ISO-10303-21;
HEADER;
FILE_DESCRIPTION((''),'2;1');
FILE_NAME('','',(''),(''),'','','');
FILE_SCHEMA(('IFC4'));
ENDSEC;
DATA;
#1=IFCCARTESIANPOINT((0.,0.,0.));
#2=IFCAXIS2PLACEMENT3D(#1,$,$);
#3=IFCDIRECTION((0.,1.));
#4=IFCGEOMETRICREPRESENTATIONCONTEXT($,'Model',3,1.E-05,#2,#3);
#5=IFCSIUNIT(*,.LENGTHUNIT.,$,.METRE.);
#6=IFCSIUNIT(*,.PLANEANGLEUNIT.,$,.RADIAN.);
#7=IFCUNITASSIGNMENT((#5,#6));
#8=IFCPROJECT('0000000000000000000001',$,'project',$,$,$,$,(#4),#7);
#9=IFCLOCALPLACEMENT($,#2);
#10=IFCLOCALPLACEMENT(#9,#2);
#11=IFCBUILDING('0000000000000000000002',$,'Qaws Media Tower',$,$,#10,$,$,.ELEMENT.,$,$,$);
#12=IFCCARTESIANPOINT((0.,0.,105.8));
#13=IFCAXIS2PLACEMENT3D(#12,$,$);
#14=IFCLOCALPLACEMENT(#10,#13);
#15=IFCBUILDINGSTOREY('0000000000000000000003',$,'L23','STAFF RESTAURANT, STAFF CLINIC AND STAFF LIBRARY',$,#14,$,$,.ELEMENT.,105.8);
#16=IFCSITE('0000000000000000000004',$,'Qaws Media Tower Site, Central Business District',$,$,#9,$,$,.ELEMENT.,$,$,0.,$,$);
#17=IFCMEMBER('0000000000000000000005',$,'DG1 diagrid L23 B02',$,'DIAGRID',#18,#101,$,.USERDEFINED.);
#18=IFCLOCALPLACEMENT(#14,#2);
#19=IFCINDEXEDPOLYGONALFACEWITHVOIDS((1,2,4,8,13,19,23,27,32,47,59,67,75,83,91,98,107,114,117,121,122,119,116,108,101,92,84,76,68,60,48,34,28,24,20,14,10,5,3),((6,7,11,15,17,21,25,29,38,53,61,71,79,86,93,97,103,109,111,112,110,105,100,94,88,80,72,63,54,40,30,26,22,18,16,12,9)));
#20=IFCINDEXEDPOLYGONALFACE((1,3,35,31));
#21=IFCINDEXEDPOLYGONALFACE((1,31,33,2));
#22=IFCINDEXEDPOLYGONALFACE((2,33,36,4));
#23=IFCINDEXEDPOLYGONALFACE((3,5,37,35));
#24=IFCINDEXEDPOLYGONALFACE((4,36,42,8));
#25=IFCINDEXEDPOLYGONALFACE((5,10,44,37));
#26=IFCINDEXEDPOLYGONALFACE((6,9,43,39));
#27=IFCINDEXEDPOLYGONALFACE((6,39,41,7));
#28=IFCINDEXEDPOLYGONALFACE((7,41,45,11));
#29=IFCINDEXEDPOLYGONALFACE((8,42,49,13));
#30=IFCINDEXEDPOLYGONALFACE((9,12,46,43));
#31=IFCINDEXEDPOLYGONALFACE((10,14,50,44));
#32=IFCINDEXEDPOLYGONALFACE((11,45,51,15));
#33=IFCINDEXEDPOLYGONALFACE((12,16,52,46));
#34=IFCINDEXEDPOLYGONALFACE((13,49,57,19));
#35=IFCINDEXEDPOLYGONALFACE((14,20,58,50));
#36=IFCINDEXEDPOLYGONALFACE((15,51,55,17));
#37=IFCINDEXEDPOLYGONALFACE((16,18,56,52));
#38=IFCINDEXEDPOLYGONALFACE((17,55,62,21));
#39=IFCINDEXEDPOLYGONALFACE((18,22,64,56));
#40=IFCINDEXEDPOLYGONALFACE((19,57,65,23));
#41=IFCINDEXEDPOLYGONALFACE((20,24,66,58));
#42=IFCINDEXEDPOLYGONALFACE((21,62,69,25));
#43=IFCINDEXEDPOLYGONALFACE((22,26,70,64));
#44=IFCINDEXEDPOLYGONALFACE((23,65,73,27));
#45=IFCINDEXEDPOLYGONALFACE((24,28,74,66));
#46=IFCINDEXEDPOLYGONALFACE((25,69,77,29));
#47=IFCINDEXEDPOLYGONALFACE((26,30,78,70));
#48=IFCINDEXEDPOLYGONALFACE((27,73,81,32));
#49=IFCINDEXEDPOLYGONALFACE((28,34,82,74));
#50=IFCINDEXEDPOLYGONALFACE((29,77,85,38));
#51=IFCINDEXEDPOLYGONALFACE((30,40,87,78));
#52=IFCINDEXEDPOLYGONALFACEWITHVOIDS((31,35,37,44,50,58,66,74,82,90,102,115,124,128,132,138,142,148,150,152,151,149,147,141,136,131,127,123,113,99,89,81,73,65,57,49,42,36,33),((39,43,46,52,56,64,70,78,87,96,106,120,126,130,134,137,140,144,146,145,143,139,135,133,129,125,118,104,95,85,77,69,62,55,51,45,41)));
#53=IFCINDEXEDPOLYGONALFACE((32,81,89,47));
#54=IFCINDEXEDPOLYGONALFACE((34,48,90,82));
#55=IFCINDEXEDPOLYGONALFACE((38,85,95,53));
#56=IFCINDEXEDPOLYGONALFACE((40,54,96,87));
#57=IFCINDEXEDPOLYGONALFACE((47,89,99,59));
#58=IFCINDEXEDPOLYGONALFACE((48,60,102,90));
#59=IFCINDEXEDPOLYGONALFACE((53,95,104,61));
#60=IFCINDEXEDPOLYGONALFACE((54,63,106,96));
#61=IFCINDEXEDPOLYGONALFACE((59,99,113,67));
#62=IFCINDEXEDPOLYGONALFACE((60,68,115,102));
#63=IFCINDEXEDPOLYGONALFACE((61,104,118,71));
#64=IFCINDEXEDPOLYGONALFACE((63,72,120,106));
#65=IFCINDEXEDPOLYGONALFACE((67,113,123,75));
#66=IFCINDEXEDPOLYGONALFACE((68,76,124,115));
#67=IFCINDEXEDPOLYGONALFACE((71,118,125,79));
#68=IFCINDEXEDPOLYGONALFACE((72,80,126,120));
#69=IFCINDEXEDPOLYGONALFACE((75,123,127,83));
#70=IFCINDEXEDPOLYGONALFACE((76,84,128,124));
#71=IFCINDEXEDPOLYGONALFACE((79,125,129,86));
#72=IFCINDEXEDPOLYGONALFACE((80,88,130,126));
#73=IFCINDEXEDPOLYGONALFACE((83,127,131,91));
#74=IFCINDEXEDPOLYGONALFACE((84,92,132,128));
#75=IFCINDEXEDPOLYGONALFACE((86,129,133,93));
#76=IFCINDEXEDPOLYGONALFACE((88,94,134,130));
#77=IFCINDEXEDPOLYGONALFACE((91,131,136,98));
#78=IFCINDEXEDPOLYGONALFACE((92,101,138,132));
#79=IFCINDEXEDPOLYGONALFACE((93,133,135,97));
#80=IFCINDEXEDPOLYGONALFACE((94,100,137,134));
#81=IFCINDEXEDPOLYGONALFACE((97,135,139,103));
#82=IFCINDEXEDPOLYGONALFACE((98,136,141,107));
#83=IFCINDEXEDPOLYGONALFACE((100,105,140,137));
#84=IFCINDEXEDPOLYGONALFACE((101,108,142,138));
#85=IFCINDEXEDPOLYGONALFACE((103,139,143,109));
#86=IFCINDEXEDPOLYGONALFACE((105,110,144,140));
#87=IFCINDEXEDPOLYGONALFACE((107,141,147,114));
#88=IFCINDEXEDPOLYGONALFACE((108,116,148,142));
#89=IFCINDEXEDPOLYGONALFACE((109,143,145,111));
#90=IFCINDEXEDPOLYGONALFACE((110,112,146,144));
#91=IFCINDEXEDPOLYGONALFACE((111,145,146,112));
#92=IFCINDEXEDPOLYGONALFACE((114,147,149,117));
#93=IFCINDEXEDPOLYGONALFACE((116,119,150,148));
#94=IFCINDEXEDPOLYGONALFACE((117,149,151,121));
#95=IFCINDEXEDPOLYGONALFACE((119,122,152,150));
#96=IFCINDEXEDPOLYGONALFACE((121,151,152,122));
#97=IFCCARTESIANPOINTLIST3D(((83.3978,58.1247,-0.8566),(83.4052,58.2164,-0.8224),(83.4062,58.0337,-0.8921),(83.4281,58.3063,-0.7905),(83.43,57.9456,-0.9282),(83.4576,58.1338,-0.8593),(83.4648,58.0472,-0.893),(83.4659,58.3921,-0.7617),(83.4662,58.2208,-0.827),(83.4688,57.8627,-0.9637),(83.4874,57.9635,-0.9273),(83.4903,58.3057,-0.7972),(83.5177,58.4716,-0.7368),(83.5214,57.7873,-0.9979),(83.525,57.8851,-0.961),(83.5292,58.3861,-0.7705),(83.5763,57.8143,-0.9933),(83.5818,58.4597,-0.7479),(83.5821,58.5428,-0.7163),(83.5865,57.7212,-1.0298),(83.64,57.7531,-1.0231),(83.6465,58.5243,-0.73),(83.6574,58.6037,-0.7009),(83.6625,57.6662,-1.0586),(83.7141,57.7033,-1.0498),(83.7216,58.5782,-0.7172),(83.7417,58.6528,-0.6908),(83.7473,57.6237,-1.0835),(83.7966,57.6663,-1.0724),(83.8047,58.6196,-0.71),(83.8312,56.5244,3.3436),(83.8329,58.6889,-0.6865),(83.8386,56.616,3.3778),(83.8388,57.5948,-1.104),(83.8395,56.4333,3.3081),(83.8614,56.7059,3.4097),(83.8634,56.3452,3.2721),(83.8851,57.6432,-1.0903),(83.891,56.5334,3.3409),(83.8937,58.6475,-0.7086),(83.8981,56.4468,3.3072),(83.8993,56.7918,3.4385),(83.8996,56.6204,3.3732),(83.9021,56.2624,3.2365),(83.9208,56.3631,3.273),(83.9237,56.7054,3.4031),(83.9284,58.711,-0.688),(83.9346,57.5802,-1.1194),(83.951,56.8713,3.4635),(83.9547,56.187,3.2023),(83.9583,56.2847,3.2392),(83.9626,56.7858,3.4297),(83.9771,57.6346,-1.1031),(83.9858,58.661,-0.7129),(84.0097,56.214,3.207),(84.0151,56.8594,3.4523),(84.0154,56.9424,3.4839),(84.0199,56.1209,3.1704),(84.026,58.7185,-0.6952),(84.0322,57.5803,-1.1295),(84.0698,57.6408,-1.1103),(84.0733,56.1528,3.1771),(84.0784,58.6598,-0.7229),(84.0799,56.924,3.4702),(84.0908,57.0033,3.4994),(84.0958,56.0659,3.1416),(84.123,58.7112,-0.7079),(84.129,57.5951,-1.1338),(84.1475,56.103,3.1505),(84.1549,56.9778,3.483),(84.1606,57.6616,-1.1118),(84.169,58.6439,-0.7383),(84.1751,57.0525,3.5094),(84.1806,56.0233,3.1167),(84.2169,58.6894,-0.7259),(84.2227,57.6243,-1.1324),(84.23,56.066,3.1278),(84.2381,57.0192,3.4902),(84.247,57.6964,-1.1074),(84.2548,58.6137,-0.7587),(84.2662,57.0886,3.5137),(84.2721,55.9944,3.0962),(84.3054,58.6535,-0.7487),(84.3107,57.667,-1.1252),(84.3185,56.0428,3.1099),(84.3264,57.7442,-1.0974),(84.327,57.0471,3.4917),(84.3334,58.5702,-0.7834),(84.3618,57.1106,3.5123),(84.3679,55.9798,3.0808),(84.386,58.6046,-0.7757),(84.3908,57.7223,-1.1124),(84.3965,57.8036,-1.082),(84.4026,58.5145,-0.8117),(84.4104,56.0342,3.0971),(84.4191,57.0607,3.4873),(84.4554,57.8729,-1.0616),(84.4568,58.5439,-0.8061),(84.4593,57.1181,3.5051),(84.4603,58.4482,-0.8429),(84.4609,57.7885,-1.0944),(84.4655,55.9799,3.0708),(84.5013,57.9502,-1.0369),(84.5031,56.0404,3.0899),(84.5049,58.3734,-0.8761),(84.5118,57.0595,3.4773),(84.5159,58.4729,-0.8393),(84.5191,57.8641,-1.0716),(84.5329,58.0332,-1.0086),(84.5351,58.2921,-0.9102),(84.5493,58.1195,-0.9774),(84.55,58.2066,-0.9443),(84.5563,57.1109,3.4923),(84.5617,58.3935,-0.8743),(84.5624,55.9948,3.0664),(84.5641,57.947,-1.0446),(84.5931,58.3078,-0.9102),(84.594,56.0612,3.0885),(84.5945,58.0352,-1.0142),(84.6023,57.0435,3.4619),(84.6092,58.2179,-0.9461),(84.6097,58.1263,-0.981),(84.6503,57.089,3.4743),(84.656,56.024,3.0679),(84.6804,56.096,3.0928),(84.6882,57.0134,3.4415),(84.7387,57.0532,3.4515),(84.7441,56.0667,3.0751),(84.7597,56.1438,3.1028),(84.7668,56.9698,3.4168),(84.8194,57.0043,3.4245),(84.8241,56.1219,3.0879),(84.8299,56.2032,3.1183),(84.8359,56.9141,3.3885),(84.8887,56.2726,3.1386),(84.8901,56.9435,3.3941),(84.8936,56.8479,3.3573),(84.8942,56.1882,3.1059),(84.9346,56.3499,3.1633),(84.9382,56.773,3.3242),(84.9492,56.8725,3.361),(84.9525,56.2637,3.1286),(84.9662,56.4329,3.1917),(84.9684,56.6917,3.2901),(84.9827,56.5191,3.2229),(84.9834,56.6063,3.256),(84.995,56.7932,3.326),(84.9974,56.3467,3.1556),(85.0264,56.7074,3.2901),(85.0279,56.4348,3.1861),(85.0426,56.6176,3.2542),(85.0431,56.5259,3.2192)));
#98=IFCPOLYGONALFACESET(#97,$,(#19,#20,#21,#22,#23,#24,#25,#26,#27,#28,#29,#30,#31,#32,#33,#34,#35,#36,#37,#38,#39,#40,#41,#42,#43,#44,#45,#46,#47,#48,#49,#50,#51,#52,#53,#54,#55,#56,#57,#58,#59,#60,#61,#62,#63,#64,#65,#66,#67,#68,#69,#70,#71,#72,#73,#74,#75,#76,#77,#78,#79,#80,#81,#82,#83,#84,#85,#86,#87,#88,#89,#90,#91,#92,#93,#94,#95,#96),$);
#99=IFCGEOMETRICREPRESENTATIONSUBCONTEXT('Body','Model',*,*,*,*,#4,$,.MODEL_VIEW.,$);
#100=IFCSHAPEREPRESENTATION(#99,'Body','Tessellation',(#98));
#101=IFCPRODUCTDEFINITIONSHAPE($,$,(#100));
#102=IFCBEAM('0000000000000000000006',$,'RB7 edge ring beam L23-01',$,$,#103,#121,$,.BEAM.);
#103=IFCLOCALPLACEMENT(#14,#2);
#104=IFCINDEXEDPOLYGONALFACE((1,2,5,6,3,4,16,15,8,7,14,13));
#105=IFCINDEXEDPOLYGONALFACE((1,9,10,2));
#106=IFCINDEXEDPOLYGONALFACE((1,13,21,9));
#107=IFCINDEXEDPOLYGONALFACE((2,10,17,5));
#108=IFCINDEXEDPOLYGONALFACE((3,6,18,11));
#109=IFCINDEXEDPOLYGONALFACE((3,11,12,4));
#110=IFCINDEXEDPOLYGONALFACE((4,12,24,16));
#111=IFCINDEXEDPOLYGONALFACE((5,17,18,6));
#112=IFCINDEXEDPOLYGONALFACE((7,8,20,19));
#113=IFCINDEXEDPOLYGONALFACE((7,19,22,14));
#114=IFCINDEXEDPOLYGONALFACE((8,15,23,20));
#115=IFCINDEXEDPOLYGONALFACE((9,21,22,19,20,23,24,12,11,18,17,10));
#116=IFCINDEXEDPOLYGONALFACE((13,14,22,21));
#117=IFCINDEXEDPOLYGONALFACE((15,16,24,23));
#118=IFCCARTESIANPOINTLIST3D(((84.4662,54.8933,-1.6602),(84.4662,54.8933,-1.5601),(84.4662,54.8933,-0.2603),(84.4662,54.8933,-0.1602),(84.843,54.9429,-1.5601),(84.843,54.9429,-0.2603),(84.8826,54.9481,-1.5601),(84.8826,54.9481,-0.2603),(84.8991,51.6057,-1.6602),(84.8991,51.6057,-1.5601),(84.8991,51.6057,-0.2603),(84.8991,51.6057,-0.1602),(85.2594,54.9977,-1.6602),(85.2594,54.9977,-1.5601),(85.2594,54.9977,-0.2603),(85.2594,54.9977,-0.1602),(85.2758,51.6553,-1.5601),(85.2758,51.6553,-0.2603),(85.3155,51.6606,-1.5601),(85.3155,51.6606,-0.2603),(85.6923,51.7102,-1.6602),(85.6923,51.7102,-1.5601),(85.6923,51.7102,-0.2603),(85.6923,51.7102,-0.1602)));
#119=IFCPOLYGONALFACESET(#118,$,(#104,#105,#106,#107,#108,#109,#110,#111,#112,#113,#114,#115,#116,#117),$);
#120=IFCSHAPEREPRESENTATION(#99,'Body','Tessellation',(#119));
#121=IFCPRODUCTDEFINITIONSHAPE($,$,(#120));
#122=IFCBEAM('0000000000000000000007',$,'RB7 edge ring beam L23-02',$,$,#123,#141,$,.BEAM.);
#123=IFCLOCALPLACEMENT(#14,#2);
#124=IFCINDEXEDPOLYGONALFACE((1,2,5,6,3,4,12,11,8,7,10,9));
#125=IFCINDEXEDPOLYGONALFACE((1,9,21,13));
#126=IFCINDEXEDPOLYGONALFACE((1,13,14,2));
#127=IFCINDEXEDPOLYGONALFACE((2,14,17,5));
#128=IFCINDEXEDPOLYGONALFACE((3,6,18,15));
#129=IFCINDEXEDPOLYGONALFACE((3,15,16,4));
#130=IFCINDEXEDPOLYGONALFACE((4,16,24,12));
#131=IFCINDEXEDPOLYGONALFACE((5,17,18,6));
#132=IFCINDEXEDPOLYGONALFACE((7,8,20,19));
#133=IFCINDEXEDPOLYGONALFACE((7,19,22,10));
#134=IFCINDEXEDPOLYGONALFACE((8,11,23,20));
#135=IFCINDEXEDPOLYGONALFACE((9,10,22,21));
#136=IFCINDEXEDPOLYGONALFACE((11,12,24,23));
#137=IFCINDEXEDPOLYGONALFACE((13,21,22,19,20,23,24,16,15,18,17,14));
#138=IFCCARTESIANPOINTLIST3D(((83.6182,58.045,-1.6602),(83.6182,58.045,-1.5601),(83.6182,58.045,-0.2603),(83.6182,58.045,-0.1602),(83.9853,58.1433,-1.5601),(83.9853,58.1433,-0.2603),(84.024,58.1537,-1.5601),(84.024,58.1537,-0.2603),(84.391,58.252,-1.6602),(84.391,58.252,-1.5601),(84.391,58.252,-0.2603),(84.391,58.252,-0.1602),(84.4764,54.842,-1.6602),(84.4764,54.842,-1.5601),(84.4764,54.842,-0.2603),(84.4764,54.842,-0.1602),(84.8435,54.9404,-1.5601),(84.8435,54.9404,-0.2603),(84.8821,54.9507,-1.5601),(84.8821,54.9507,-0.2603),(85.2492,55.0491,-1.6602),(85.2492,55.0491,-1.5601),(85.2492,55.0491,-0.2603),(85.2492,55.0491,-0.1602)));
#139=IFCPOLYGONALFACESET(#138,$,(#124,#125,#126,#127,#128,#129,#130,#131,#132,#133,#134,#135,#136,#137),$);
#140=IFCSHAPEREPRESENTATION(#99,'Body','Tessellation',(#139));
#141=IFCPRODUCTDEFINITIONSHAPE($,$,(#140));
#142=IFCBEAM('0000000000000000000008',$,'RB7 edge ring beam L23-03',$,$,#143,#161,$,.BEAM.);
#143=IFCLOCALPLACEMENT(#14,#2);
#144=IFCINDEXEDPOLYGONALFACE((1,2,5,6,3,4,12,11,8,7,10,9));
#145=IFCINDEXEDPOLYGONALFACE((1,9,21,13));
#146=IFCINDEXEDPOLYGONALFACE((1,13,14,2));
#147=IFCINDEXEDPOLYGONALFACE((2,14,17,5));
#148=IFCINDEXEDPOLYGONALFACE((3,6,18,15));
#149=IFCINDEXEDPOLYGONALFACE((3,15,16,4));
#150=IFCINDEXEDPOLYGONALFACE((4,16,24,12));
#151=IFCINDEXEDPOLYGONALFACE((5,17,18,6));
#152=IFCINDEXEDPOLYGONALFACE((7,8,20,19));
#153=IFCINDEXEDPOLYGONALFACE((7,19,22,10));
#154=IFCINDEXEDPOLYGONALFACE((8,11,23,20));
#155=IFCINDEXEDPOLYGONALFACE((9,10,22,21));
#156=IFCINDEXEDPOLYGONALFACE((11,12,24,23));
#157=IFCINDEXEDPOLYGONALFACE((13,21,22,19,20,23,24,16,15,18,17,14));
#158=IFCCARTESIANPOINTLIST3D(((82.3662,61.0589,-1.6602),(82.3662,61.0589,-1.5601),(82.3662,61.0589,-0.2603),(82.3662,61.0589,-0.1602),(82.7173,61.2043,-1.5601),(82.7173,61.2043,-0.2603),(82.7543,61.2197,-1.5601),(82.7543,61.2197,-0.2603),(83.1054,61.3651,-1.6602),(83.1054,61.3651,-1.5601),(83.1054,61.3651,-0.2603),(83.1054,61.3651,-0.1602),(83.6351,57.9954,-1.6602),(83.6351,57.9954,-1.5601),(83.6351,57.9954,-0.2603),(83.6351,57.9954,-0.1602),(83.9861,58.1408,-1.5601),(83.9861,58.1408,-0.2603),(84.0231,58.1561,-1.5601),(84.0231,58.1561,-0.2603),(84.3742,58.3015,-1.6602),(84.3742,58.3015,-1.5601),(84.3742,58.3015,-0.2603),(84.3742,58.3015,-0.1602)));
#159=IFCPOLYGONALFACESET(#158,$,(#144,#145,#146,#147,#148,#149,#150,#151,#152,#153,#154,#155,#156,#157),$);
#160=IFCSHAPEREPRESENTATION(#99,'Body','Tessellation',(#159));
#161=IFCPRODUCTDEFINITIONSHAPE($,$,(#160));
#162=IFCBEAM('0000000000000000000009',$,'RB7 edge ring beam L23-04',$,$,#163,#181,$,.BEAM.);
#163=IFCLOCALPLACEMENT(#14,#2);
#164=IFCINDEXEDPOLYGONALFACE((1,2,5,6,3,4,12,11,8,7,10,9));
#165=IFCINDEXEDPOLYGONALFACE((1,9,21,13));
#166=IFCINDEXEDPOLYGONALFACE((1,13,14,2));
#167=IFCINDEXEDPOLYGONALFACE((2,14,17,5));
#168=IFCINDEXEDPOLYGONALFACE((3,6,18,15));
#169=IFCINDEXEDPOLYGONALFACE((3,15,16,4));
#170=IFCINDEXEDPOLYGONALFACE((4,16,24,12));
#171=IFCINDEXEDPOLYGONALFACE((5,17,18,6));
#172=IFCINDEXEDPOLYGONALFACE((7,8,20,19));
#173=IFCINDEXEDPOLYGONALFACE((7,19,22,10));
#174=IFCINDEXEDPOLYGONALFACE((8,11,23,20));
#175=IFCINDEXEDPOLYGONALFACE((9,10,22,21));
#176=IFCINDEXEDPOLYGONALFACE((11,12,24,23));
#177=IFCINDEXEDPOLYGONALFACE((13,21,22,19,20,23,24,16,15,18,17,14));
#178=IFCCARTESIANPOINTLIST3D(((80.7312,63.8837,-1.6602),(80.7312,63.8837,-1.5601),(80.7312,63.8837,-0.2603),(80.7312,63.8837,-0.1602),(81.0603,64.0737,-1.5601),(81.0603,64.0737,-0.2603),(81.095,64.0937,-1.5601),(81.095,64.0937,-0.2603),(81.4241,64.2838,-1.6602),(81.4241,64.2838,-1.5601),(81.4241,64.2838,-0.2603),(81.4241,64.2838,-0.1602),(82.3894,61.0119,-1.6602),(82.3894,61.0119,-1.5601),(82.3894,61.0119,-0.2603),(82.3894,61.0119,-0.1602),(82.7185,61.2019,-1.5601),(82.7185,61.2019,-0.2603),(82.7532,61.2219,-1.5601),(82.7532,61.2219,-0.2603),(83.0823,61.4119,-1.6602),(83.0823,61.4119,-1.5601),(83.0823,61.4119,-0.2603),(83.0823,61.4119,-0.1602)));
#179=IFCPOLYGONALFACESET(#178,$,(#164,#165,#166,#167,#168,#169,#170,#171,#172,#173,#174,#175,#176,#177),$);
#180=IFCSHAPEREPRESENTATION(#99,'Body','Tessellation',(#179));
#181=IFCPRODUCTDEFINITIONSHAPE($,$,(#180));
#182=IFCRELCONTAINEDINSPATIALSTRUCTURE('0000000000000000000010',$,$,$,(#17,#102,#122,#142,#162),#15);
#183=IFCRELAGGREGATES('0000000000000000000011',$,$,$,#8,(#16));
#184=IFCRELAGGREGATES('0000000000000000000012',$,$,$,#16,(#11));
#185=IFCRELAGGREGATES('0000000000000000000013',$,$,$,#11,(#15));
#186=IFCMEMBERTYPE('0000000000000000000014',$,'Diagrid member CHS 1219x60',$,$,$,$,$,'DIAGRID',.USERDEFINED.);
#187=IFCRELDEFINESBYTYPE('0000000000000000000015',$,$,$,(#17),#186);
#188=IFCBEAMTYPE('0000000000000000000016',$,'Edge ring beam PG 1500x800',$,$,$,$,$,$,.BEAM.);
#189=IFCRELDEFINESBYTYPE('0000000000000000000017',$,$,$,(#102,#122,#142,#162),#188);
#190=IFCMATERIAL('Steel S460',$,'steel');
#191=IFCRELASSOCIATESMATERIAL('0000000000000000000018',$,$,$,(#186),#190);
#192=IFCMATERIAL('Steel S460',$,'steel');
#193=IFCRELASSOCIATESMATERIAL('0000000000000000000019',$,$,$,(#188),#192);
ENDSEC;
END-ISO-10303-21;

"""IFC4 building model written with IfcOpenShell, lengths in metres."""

from ifc_helpers import new_model, si_unit, direction, frame, origin, origin_2d, place, context, subcontext, project, spatial, hollow_circle, i_section, extrude, material, material_profile, profile_set, type_object, element, save


model = new_model("IFC4")

# Units and contexts
model_context = context("Model", 3, precision=1e-05, world=origin(), true_north=direction((0.0, 1.0)))
body_context = subcontext(model_context, "Body", "Model", "MODEL_VIEW")
ifc_project = project(units=[si_unit("LENGTHUNIT", "METRE"), si_unit("PLANEANGLEUNIT", "RADIAN")], contexts=[model_context])

# Site, building, storey
site_placement = place(None, origin())
site = spatial("IfcSite", under=ifc_project, at=site_placement, Name="Qaws Media Tower Site, Central Business District", CompositionType="ELEMENT", RefElevation=0.0)
building_placement = place(site_placement, origin())
building = spatial("IfcBuilding", under=site, at=building_placement, Name="Qaws Media Tower", CompositionType="ELEMENT")
storey_placement = place(building_placement, frame((0.0, 0.0, 105.8)))
storey = spatial("IfcBuildingStorey", under=building, at=storey_placement, Name="L23", Description="STAFF RESTAURANT, STAFF CLINIC AND STAFF LIBRARY", CompositionType="ELEMENT", Elevation=105.8)

# Member
ifc_material_1 = material(Name="Steel S460", Category="steel")
ifc_material_profile_1 = material_profile(ifc_material_1, hollow_circle(Radius=0.6096, WallThickness=0.0601, at=origin_2d()), Name="CHS 1219x60")
ifc_profile_set_1 = profile_set([ifc_material_profile_1], Name="Steel S460")
member_type_1 = type_object("IfcMemberType", Name="Diagrid member CHS 1219x60", ElementType="DIAGRID", PredefinedType="USERDEFINED", material=ifc_profile_set_1)
for number, where, z_axis, x_axis, name in (
    (1, (84.0046, 58.1484, -0.9102), (0.095968, -0.354404, 0.930155), (0.965238, 0.261373, 0.0), "DG1 diagrid L23 B02"),
):
    element("IfcMember", number, at=place(storey_placement, frame(where, z_axis=z_axis, x_axis=x_axis)), inside=storey, type_object=member_type_1, Name=name, ObjectType="DIAGRID", PredefinedType="USERDEFINED", context=body_context, shape_type="SweptSolid", body=[
        extrude(hollow_circle(Radius=0.6096, WallThickness=0.0601, at=origin_2d()), origin(), (0.0, 0.0, 1.0), 4.5156),
    ])

# Beams
ifc_material_2 = material(Name="Steel S460", Category="steel")
ifc_material_profile_2 = material_profile(ifc_material_2, i_section(OverallWidth=0.8, OverallDepth=1.5, WebThickness=0.04, FlangeThickness=0.1001, at=origin_2d()), Name="PG 1500x800")
ifc_profile_set_2 = profile_set([ifc_material_profile_2], Name="Steel S460")
beam_type_1 = type_object("IfcBeamType", Name="Edge ring beam PG 1500x800", PredefinedType="BEAM", material=ifc_profile_set_2)
for number, where, z_axis, x_axis, name in (
    (2, (85.2957, 51.658, -0.9102), (-0.130538, 0.991443, 0.0), (-0.991443, -0.130538, 0.0), "RB7 edge ring beam L23-01"),
    (3, (84.8628, 54.9456, -0.9102), (-0.258804, 0.96593, 0.0), (-0.96593, -0.258804, 0.0), "RB7 edge ring beam L23-02"),
    (4, (84.0046, 58.1484, -0.9102), (-0.382649, 0.923894, 0.0), (-0.923894, -0.382649, 0.0), "RB7 edge ring beam L23-03"),
):
    element("IfcBeam", number, at=place(storey_placement, frame(where, z_axis=z_axis, x_axis=x_axis)), inside=storey, type_object=beam_type_1, Name=name, PredefinedType="BEAM", context=body_context, shape_type="SweptSolid", body=[
        extrude(i_section(OverallWidth=0.8, OverallDepth=1.5, WebThickness=0.04, FlangeThickness=0.1001, at=origin_2d()), origin(), (0.0, 0.0, 1.0), 3.3159),
    ])
beam_1_placement = place(storey_placement, frame((82.7358, 61.2119, -0.9102), z_axis=(-0.500035, 0.866005, 0.0), x_axis=(-0.866005, -0.500035, 0.0)))
element("IfcBeam", 5, at=beam_1_placement, inside=storey, type_object=beam_type_1, Name="RB7 edge ring beam L23-04", PredefinedType="BEAM", context=body_context, shape_type="SweptSolid", body=[
    extrude(i_section(OverallWidth=0.8, OverallDepth=1.5, WebThickness=0.04, FlangeThickness=0.1001, at=origin_2d()), origin(), (0.0, 0.0, 1.0), 3.3162),
])

save(model, "model.ifc")
